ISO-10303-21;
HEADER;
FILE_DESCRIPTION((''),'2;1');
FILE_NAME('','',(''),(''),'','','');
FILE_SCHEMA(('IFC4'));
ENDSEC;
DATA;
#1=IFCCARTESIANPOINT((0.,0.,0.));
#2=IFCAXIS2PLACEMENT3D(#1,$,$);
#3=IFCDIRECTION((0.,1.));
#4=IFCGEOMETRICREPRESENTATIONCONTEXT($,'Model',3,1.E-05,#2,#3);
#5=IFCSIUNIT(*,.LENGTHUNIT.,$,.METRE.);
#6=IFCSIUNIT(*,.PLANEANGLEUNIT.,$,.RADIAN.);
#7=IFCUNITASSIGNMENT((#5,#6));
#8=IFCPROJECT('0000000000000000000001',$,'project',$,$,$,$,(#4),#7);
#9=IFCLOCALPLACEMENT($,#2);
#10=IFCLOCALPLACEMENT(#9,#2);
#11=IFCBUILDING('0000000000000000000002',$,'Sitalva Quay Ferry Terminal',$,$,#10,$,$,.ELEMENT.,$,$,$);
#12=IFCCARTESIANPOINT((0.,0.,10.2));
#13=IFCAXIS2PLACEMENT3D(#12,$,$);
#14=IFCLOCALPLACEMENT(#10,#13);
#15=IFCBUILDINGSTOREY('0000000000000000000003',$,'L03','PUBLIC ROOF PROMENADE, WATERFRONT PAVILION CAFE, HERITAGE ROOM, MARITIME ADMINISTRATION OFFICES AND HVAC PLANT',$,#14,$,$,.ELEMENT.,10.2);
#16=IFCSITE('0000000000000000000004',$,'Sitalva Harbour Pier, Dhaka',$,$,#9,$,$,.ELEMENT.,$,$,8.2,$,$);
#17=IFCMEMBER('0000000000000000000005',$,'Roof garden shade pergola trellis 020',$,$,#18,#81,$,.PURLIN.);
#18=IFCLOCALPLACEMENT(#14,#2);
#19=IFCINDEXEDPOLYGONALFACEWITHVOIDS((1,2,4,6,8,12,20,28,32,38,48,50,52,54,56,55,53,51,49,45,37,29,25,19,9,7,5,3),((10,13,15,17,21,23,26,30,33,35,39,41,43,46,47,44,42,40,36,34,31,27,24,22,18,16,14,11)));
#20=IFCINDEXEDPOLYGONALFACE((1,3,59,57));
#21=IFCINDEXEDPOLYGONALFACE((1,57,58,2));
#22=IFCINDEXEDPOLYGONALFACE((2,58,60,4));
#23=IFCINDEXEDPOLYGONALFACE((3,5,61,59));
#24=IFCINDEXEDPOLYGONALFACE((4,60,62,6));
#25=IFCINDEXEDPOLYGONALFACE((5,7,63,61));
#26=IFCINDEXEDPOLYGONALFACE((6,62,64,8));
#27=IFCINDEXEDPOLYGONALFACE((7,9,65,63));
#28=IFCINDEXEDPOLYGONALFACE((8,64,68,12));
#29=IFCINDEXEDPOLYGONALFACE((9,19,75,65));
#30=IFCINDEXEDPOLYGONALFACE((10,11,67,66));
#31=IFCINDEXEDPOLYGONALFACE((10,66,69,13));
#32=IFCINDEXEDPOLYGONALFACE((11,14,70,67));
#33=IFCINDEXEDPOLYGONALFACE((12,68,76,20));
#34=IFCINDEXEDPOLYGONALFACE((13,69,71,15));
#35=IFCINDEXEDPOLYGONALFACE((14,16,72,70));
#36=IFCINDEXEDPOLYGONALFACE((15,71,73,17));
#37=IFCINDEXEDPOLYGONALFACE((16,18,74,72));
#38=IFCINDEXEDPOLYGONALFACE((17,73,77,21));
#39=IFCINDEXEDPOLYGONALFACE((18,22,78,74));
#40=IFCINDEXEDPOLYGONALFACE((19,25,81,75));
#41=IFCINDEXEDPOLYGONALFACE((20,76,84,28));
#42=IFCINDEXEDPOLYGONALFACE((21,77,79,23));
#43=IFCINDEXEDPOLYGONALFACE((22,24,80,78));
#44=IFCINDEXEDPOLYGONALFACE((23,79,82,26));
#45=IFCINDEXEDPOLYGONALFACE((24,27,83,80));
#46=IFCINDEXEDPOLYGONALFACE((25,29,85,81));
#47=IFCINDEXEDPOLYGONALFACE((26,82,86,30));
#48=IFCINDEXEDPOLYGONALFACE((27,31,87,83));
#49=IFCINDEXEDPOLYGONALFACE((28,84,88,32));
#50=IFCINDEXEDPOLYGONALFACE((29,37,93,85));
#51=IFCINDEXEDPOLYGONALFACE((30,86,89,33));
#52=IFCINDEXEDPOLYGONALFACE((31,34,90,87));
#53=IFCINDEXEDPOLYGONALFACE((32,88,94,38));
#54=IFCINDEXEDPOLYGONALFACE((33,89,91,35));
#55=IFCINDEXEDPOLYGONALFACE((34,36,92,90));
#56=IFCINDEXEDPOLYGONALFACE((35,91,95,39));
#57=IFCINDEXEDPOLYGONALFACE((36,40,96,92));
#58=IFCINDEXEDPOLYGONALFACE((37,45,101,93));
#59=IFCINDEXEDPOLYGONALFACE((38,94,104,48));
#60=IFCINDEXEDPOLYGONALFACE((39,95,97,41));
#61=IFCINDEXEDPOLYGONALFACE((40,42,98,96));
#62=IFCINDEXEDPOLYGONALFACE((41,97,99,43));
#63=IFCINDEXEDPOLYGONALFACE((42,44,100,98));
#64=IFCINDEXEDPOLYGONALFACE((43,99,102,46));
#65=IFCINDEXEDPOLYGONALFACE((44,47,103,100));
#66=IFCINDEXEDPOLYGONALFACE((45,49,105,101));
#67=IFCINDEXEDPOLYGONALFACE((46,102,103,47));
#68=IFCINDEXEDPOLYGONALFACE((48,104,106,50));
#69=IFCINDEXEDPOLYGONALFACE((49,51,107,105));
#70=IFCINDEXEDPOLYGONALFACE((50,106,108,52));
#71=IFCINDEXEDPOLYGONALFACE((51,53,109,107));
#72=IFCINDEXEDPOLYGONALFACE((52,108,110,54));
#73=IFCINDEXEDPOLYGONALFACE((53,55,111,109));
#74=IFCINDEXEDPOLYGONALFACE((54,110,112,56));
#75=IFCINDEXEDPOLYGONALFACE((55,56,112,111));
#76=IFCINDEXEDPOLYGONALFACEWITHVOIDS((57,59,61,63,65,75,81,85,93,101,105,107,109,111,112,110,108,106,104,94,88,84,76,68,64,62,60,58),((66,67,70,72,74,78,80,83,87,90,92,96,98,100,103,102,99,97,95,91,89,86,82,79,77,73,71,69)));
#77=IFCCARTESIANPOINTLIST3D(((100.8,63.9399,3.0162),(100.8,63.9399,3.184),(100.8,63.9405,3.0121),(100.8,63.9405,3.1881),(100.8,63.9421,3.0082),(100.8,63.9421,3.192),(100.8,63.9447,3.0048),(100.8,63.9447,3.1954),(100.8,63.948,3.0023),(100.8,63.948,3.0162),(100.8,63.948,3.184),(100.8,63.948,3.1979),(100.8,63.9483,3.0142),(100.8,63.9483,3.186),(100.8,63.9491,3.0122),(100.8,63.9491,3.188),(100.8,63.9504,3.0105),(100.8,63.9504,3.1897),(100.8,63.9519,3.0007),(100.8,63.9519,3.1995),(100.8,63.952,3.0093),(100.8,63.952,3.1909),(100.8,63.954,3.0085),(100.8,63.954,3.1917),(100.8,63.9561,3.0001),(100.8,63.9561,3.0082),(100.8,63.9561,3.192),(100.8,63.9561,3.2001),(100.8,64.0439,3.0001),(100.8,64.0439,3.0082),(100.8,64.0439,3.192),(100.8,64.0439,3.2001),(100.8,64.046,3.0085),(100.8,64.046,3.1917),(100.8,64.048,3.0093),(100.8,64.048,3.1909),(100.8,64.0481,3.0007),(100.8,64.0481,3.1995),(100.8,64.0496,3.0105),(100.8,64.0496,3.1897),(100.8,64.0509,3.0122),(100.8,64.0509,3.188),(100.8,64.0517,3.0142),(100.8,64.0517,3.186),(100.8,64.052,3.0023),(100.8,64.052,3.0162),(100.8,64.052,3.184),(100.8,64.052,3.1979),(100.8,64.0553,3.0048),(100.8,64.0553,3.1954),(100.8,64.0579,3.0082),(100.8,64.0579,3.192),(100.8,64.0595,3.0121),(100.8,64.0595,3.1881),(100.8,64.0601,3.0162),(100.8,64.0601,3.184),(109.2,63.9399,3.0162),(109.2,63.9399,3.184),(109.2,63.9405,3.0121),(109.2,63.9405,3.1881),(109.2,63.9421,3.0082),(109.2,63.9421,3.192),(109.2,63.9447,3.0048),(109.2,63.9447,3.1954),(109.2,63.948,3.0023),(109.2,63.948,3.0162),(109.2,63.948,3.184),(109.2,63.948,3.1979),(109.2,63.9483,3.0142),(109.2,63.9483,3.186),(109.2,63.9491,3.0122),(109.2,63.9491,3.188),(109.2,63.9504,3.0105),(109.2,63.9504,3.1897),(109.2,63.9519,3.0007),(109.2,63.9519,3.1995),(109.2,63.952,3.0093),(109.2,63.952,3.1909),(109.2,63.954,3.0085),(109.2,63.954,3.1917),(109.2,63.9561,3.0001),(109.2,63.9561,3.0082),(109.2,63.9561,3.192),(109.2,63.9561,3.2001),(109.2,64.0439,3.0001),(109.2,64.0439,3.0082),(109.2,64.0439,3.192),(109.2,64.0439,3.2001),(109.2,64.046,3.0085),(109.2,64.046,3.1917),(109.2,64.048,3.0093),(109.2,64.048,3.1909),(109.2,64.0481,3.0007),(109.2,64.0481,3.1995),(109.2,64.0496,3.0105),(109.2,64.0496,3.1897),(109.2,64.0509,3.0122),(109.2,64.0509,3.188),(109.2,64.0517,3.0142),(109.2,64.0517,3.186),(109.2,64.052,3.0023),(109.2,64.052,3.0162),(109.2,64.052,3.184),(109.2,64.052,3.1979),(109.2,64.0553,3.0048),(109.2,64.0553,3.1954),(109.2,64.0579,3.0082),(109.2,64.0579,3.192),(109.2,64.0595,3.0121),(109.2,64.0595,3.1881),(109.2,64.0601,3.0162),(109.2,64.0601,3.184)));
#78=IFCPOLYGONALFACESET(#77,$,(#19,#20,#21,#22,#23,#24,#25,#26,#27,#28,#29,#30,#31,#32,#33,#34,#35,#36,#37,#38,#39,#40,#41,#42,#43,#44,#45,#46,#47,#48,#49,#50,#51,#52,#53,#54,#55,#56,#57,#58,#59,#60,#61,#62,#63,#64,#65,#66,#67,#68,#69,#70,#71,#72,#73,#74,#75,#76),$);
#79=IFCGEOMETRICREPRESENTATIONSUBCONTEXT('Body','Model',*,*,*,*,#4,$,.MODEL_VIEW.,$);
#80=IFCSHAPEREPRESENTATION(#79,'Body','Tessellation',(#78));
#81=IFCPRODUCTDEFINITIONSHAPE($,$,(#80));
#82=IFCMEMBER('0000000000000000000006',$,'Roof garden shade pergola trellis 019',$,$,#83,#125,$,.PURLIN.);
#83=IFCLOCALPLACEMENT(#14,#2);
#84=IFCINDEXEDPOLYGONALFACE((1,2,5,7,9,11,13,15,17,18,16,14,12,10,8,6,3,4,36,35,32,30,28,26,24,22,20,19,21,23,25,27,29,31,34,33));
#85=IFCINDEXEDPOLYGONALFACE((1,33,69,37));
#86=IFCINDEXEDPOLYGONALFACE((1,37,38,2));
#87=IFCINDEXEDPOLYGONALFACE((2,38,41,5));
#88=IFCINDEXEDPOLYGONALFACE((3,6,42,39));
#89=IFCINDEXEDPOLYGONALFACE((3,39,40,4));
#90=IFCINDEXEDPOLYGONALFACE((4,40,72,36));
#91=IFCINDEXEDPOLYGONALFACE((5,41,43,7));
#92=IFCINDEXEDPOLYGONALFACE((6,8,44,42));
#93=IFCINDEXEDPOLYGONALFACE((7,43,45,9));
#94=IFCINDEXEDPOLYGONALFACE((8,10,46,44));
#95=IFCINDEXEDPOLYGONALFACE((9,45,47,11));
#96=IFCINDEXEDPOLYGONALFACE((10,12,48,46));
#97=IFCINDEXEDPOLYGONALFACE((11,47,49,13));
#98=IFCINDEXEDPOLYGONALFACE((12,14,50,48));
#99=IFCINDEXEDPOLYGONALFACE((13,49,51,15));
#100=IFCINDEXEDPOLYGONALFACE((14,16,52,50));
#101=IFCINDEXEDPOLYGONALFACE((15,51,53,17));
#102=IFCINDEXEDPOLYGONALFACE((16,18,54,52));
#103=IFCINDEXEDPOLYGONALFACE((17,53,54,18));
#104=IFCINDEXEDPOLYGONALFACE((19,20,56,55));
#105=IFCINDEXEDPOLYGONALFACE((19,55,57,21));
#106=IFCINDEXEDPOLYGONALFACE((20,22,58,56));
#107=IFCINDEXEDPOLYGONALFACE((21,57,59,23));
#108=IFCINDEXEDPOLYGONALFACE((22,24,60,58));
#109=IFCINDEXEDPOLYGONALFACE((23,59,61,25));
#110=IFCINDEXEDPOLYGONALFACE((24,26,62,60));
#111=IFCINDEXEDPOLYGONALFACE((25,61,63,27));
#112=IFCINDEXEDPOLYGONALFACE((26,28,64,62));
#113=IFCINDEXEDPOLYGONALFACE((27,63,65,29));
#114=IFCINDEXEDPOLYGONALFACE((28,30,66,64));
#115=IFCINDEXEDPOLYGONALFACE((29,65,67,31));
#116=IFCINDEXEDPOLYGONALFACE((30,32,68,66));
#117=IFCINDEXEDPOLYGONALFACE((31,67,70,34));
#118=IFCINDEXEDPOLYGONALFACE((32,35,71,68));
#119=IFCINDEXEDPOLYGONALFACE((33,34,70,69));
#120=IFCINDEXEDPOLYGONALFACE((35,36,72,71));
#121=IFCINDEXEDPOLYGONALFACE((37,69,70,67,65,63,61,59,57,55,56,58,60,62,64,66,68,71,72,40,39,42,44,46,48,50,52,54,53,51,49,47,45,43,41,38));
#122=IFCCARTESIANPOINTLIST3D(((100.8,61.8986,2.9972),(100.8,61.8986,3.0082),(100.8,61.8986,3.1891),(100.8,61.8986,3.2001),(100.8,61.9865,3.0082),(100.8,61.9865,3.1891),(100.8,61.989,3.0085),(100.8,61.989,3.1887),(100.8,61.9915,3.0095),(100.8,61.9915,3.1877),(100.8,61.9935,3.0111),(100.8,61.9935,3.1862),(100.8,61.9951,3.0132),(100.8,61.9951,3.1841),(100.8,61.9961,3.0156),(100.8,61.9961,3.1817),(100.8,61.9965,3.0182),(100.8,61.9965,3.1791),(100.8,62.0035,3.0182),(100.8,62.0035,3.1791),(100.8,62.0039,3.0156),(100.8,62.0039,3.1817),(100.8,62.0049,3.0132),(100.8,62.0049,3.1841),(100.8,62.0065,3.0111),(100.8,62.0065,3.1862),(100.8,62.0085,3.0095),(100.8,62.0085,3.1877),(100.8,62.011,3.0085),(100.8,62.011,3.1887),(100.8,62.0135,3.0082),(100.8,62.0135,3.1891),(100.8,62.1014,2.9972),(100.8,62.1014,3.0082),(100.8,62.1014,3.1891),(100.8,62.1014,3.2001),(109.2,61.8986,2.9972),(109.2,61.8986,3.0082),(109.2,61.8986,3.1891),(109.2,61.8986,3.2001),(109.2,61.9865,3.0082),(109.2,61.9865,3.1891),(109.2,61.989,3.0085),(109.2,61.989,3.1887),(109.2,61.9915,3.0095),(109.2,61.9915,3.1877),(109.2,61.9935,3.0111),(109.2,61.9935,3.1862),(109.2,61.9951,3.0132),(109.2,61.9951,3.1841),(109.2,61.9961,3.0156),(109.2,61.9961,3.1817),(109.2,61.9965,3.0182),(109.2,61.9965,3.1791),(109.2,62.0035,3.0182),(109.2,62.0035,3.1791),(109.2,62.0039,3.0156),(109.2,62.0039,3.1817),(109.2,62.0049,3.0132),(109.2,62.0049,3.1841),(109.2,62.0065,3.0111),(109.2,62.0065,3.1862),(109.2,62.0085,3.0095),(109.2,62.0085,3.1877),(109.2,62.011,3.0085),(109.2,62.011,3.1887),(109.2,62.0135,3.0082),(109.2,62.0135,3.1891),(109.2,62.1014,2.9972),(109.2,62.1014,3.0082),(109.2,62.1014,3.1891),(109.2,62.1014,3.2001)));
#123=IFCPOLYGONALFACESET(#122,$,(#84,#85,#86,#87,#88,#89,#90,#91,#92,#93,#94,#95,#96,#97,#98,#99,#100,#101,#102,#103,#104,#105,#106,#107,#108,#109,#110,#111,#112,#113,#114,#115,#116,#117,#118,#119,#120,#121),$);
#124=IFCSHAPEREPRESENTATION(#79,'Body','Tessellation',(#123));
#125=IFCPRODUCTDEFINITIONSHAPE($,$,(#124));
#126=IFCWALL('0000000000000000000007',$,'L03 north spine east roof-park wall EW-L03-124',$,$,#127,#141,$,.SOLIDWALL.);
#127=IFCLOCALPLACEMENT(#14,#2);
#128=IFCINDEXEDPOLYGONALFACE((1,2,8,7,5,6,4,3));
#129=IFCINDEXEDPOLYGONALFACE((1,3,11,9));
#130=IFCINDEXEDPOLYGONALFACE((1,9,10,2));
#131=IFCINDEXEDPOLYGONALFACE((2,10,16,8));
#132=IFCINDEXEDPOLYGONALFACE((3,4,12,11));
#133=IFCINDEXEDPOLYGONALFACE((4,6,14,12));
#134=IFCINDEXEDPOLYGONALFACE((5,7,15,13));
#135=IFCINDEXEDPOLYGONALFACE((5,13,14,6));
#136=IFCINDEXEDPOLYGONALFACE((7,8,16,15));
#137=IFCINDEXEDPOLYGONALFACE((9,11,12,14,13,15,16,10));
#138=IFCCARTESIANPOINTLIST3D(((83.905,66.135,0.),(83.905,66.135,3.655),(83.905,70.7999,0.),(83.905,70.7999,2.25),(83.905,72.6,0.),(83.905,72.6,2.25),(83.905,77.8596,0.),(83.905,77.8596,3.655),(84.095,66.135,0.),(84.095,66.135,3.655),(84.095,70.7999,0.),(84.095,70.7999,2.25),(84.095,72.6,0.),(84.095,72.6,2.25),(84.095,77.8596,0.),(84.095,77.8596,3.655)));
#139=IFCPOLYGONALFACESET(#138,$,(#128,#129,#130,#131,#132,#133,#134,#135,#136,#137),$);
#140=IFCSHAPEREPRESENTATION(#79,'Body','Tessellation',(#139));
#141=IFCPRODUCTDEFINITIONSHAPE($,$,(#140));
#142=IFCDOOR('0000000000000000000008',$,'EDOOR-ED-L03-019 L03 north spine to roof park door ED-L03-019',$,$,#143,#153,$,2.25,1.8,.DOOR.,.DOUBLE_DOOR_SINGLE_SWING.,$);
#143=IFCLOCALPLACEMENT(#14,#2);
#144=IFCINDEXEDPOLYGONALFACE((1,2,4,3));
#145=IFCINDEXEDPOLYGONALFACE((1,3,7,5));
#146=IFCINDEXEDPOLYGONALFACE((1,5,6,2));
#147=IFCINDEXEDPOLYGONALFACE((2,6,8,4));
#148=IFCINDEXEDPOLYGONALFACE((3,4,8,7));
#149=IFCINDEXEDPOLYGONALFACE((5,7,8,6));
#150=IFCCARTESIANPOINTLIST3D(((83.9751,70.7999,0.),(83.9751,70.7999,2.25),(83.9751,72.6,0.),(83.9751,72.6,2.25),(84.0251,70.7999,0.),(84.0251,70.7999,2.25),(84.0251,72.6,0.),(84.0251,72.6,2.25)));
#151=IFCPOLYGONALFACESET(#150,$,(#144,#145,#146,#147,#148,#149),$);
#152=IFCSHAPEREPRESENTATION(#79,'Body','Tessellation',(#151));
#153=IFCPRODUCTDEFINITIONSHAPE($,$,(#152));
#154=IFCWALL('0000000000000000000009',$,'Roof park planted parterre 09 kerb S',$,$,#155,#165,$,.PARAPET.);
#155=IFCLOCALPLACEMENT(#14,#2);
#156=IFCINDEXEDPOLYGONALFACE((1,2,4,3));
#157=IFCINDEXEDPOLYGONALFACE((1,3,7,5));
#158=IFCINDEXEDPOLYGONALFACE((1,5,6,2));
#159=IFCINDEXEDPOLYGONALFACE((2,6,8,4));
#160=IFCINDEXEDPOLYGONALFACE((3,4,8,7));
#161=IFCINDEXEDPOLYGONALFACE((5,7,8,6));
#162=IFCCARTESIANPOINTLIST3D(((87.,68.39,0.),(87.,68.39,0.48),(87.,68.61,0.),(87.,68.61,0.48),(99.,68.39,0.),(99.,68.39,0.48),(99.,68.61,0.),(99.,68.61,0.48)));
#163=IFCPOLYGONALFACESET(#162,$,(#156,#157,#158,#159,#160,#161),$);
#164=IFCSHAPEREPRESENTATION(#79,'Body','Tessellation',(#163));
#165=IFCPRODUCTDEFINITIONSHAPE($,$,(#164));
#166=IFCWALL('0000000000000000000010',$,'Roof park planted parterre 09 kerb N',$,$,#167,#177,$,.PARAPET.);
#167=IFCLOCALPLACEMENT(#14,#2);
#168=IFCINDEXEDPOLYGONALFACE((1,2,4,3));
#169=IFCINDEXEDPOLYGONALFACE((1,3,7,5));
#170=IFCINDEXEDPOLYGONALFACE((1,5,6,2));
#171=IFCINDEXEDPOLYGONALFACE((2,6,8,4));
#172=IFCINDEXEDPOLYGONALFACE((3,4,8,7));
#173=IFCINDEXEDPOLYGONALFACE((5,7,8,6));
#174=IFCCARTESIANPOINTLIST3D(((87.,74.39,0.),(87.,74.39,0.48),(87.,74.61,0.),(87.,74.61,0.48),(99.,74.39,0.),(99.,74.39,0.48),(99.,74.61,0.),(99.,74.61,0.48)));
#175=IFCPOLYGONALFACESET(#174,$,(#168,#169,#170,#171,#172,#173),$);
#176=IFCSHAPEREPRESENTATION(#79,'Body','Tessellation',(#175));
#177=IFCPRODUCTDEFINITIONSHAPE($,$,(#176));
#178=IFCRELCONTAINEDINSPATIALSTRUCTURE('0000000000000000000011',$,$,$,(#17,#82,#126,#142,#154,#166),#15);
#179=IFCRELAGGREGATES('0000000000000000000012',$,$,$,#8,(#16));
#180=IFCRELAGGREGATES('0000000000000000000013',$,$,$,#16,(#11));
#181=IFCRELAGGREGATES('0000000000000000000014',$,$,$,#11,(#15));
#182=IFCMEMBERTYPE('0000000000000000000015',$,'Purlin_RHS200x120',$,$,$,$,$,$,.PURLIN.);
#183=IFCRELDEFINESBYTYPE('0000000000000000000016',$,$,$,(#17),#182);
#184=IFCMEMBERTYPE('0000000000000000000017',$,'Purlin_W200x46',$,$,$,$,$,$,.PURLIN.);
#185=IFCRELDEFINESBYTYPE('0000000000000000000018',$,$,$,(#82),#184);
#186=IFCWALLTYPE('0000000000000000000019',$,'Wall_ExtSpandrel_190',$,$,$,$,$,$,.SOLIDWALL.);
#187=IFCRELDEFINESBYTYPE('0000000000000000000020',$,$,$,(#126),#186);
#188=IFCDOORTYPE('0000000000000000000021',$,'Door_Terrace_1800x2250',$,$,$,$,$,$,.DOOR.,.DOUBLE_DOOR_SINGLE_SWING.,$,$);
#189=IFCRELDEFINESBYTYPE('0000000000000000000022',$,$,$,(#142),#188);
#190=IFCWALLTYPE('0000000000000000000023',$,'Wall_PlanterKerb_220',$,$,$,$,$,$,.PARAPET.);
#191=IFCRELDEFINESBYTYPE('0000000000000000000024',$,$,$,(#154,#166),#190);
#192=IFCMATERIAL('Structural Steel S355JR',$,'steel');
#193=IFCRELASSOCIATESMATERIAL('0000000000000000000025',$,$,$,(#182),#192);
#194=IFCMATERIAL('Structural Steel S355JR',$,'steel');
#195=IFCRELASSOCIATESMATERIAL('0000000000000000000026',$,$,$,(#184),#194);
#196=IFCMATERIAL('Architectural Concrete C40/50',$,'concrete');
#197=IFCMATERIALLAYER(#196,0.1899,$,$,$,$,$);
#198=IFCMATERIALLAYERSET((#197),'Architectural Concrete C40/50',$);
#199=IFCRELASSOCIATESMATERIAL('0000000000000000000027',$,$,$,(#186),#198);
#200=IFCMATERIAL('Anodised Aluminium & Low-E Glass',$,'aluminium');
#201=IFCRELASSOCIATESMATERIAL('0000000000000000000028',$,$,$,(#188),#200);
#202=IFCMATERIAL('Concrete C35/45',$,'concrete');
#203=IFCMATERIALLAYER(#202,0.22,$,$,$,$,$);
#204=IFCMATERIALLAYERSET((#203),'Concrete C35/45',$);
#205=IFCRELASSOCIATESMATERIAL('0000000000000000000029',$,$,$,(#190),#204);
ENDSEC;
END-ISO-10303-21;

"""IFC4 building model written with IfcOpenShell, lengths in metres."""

from ifc_helpers import new_model, si_unit, direction, frame, frame_2d, origin, origin_2d, place, context, subcontext, project, spatial, rectangle, hollow_rectangle, i_section, extrude, material, layer, layer_set, material_profile, profile_set, type_object, element, fill, save


model = new_model("IFC4")

# Units and contexts
model_context = context("Model", 3, precision=1e-05, world=origin(), true_north=direction((0.0, 1.0)))
body_context = subcontext(model_context, "Body", "Model", "MODEL_VIEW")
ifc_project = project(units=[si_unit("LENGTHUNIT", "METRE"), si_unit("PLANEANGLEUNIT", "RADIAN")], contexts=[model_context])

# Site, building, storey
site_placement = place(None, origin())
site = spatial("IfcSite", under=ifc_project, at=site_placement, Name="Sitalva Harbour Pier, Dhaka", CompositionType="ELEMENT", RefElevation=8.2)
building_placement = place(site_placement, origin())
building = spatial("IfcBuilding", under=site, at=building_placement, Name="Sitalva Quay Ferry Terminal", CompositionType="ELEMENT")
storey_placement = place(building_placement, frame((0.0, 0.0, 10.2)))
storey = spatial("IfcBuildingStorey", under=building, at=storey_placement, Name="L03", Description="PUBLIC ROOF PROMENADE, WATERFRONT PAVILION CAFE, HERITAGE ROOM, MARITIME ADMINISTRATION OFFICES AND HVAC PLANT", CompositionType="ELEMENT", Elevation=10.2)

# Members
ifc_material_1 = material(Name="Structural Steel S355JR", Category="steel")
ifc_material_profile_1 = material_profile(ifc_material_1, hollow_rectangle(XDim=0.1201, YDim=0.2, WallThickness=0.0081, InnerFilletRadius=0.0081, OuterFilletRadius=0.0161, at=origin_2d()), Name="RHS200x120x8")
ifc_profile_set_1 = profile_set([ifc_material_profile_1], Name="Structural Steel S355JR")
member_type_1 = type_object("IfcMemberType", Name="Purlin_RHS200x120", PredefinedType="PURLIN", material=ifc_profile_set_1)
member_1_placement = place(storey_placement, frame((100.8, 64.0, 3.1001), z_axis=(1.0, 0.0, 0.0), x_axis=(0.0, 1.0, 0.0)))
element("IfcMember", 1, at=member_1_placement, inside=storey, type_object=member_type_1, Name="Roof garden shade pergola trellis 020", PredefinedType="PURLIN", context=body_context, shape_type="SweptSolid", body=[
    extrude(hollow_rectangle(XDim=0.1201, YDim=0.2, WallThickness=0.0081, InnerFilletRadius=0.0081, OuterFilletRadius=0.0161, at=origin_2d()), origin(), (0.0, 0.0, 1.0), 8.3999),
])
ifc_material_2 = material(Name="Structural Steel S355JR", Category="steel")
ifc_material_profile_2 = material_profile(ifc_material_2, i_section(OverallWidth=0.2029, OverallDepth=0.2029, WebThickness=0.0071, FlangeThickness=0.011, FilletRadius=0.01, at=origin_2d()), Name="W200x46")
ifc_profile_set_2 = profile_set([ifc_material_profile_2], Name="Structural Steel S355JR")
member_type_2 = type_object("IfcMemberType", Name="Purlin_W200x46", PredefinedType="PURLIN", material=ifc_profile_set_2)
member_2_placement = place(storey_placement, frame((100.8, 62.0, 3.0986), z_axis=(1.0, 0.0, 0.0), x_axis=(0.0, 1.0, 0.0)))
element("IfcMember", 2, at=member_2_placement, inside=storey, type_object=member_type_2, Name="Roof garden shade pergola trellis 019", PredefinedType="PURLIN", context=body_context, shape_type="SweptSolid", body=[
    extrude(i_section(OverallWidth=0.2029, OverallDepth=0.2029, WebThickness=0.0071, FlangeThickness=0.011, FilletRadius=0.01, at=origin_2d()), origin(), (0.0, 0.0, 1.0), 8.3999),
])

# Wall, opening, door
ifc_material_3 = material(Name="Architectural Concrete C40/50", Category="concrete")
ifc_layer_1 = layer(ifc_material_3, 0.1899)
ifc_layer_set_1 = layer_set([ifc_layer_1], Name="Architectural Concrete C40/50")
wall_type_1 = type_object("IfcWallType", Name="Wall_ExtSpandrel_190", PredefinedType="SOLIDWALL", material=ifc_layer_set_1)
wall_1_placement = place(storey_placement, frame((84.0, 66.135, 0.0), z_axis=(0.0, 0.0, 1.0), x_axis=(0.0, 1.0, 0.0)))
wall_1 = element("IfcWall", 3, at=wall_1_placement, inside=storey, type_object=wall_type_1, Name="L03 north spine east roof-park wall EW-L03-124", PredefinedType="SOLIDWALL", context=body_context, shape_type="SweptSolid", body=[
    extrude(rectangle(XDim=11.7246, YDim=0.1899, at=frame_2d((5.8623, 0.0))), origin(), (0.0, 0.0, 1.0), 3.655),
])
opening_placement = place(wall_1_placement, frame((4.665, 0.0, 0.0)))
opening = element("IfcOpeningElement", 4, at=opening_placement, cuts=wall_1, PredefinedType="OPENING", context=body_context, shape_type="SweptSolid", body=[
    extrude(rectangle(XDim=1.8, YDim=2.25, at=frame_2d((0.8999, 1.125))), frame((0.0, 0.105, 0.0), z_axis=(0.0, -1.0, 0.0), x_axis=(1.0, 0.0, 0.0)), (0.0, 0.0, 1.0), 0.21),
])
ifc_material_4 = material(Name="Anodised Aluminium & Low-E Glass", Category="aluminium")
door_type = type_object("IfcDoorType", Name="Door_Terrace_1800x2250", OperationType="DOUBLE_DOOR_SINGLE_SWING", PredefinedType="DOOR", material=ifc_material_4)
door_placement = place(opening_placement, origin())
door = element("IfcDoor", 5, at=door_placement, inside=storey, type_object=door_type, Name="EDOOR-ED-L03-019 L03 north spine to roof park door ED-L03-019", OperationType="DOUBLE_DOOR_SINGLE_SWING", OverallHeight=2.25, OverallWidth=1.8, PredefinedType="DOOR", context=body_context, shape_type="SweptSolid", body=[
    extrude(rectangle(XDim=1.8, YDim=2.25, at=frame_2d((0.8999, 1.125))), frame((0.0, 0.0249, 0.0), z_axis=(0.0, -1.0, 0.0), x_axis=(1.0, 0.0, 0.0)), (0.0, 0.0, 1.0), 0.05),
])
fill(opening, door)

# Walls
ifc_material_5 = material(Name="Concrete C35/45", Category="concrete")
ifc_layer_2 = layer(ifc_material_5, 0.22)
ifc_layer_set_2 = layer_set([ifc_layer_2], Name="Concrete C35/45")
wall_type_2 = type_object("IfcWallType", Name="Wall_PlanterKerb_220", PredefinedType="PARAPET", material=ifc_layer_set_2)
for number, where, z_axis, x_axis, name in (
    (6, (87.0, 68.5, 0.0), (0.0, 0.0, 1.0), (1.0, 0.0, 0.0), "Roof park planted parterre 09 kerb S"),
    (7, (87.0, 74.5, 0.0), (0.0, 0.0, 1.0), (1.0, 0.0, 0.0), "Roof park planted parterre 09 kerb N"),
):
    element("IfcWall", number, at=place(storey_placement, frame(where, z_axis=z_axis, x_axis=x_axis)), inside=storey, type_object=wall_type_2, Name=name, PredefinedType="PARAPET", context=body_context, shape_type="SweptSolid", body=[
        extrude(rectangle(XDim=12.0, YDim=0.22, at=frame_2d((6.0, 0.0))), origin(), (0.0, 0.0, 1.0), 0.48),
    ])

save(model, "model.ifc")
